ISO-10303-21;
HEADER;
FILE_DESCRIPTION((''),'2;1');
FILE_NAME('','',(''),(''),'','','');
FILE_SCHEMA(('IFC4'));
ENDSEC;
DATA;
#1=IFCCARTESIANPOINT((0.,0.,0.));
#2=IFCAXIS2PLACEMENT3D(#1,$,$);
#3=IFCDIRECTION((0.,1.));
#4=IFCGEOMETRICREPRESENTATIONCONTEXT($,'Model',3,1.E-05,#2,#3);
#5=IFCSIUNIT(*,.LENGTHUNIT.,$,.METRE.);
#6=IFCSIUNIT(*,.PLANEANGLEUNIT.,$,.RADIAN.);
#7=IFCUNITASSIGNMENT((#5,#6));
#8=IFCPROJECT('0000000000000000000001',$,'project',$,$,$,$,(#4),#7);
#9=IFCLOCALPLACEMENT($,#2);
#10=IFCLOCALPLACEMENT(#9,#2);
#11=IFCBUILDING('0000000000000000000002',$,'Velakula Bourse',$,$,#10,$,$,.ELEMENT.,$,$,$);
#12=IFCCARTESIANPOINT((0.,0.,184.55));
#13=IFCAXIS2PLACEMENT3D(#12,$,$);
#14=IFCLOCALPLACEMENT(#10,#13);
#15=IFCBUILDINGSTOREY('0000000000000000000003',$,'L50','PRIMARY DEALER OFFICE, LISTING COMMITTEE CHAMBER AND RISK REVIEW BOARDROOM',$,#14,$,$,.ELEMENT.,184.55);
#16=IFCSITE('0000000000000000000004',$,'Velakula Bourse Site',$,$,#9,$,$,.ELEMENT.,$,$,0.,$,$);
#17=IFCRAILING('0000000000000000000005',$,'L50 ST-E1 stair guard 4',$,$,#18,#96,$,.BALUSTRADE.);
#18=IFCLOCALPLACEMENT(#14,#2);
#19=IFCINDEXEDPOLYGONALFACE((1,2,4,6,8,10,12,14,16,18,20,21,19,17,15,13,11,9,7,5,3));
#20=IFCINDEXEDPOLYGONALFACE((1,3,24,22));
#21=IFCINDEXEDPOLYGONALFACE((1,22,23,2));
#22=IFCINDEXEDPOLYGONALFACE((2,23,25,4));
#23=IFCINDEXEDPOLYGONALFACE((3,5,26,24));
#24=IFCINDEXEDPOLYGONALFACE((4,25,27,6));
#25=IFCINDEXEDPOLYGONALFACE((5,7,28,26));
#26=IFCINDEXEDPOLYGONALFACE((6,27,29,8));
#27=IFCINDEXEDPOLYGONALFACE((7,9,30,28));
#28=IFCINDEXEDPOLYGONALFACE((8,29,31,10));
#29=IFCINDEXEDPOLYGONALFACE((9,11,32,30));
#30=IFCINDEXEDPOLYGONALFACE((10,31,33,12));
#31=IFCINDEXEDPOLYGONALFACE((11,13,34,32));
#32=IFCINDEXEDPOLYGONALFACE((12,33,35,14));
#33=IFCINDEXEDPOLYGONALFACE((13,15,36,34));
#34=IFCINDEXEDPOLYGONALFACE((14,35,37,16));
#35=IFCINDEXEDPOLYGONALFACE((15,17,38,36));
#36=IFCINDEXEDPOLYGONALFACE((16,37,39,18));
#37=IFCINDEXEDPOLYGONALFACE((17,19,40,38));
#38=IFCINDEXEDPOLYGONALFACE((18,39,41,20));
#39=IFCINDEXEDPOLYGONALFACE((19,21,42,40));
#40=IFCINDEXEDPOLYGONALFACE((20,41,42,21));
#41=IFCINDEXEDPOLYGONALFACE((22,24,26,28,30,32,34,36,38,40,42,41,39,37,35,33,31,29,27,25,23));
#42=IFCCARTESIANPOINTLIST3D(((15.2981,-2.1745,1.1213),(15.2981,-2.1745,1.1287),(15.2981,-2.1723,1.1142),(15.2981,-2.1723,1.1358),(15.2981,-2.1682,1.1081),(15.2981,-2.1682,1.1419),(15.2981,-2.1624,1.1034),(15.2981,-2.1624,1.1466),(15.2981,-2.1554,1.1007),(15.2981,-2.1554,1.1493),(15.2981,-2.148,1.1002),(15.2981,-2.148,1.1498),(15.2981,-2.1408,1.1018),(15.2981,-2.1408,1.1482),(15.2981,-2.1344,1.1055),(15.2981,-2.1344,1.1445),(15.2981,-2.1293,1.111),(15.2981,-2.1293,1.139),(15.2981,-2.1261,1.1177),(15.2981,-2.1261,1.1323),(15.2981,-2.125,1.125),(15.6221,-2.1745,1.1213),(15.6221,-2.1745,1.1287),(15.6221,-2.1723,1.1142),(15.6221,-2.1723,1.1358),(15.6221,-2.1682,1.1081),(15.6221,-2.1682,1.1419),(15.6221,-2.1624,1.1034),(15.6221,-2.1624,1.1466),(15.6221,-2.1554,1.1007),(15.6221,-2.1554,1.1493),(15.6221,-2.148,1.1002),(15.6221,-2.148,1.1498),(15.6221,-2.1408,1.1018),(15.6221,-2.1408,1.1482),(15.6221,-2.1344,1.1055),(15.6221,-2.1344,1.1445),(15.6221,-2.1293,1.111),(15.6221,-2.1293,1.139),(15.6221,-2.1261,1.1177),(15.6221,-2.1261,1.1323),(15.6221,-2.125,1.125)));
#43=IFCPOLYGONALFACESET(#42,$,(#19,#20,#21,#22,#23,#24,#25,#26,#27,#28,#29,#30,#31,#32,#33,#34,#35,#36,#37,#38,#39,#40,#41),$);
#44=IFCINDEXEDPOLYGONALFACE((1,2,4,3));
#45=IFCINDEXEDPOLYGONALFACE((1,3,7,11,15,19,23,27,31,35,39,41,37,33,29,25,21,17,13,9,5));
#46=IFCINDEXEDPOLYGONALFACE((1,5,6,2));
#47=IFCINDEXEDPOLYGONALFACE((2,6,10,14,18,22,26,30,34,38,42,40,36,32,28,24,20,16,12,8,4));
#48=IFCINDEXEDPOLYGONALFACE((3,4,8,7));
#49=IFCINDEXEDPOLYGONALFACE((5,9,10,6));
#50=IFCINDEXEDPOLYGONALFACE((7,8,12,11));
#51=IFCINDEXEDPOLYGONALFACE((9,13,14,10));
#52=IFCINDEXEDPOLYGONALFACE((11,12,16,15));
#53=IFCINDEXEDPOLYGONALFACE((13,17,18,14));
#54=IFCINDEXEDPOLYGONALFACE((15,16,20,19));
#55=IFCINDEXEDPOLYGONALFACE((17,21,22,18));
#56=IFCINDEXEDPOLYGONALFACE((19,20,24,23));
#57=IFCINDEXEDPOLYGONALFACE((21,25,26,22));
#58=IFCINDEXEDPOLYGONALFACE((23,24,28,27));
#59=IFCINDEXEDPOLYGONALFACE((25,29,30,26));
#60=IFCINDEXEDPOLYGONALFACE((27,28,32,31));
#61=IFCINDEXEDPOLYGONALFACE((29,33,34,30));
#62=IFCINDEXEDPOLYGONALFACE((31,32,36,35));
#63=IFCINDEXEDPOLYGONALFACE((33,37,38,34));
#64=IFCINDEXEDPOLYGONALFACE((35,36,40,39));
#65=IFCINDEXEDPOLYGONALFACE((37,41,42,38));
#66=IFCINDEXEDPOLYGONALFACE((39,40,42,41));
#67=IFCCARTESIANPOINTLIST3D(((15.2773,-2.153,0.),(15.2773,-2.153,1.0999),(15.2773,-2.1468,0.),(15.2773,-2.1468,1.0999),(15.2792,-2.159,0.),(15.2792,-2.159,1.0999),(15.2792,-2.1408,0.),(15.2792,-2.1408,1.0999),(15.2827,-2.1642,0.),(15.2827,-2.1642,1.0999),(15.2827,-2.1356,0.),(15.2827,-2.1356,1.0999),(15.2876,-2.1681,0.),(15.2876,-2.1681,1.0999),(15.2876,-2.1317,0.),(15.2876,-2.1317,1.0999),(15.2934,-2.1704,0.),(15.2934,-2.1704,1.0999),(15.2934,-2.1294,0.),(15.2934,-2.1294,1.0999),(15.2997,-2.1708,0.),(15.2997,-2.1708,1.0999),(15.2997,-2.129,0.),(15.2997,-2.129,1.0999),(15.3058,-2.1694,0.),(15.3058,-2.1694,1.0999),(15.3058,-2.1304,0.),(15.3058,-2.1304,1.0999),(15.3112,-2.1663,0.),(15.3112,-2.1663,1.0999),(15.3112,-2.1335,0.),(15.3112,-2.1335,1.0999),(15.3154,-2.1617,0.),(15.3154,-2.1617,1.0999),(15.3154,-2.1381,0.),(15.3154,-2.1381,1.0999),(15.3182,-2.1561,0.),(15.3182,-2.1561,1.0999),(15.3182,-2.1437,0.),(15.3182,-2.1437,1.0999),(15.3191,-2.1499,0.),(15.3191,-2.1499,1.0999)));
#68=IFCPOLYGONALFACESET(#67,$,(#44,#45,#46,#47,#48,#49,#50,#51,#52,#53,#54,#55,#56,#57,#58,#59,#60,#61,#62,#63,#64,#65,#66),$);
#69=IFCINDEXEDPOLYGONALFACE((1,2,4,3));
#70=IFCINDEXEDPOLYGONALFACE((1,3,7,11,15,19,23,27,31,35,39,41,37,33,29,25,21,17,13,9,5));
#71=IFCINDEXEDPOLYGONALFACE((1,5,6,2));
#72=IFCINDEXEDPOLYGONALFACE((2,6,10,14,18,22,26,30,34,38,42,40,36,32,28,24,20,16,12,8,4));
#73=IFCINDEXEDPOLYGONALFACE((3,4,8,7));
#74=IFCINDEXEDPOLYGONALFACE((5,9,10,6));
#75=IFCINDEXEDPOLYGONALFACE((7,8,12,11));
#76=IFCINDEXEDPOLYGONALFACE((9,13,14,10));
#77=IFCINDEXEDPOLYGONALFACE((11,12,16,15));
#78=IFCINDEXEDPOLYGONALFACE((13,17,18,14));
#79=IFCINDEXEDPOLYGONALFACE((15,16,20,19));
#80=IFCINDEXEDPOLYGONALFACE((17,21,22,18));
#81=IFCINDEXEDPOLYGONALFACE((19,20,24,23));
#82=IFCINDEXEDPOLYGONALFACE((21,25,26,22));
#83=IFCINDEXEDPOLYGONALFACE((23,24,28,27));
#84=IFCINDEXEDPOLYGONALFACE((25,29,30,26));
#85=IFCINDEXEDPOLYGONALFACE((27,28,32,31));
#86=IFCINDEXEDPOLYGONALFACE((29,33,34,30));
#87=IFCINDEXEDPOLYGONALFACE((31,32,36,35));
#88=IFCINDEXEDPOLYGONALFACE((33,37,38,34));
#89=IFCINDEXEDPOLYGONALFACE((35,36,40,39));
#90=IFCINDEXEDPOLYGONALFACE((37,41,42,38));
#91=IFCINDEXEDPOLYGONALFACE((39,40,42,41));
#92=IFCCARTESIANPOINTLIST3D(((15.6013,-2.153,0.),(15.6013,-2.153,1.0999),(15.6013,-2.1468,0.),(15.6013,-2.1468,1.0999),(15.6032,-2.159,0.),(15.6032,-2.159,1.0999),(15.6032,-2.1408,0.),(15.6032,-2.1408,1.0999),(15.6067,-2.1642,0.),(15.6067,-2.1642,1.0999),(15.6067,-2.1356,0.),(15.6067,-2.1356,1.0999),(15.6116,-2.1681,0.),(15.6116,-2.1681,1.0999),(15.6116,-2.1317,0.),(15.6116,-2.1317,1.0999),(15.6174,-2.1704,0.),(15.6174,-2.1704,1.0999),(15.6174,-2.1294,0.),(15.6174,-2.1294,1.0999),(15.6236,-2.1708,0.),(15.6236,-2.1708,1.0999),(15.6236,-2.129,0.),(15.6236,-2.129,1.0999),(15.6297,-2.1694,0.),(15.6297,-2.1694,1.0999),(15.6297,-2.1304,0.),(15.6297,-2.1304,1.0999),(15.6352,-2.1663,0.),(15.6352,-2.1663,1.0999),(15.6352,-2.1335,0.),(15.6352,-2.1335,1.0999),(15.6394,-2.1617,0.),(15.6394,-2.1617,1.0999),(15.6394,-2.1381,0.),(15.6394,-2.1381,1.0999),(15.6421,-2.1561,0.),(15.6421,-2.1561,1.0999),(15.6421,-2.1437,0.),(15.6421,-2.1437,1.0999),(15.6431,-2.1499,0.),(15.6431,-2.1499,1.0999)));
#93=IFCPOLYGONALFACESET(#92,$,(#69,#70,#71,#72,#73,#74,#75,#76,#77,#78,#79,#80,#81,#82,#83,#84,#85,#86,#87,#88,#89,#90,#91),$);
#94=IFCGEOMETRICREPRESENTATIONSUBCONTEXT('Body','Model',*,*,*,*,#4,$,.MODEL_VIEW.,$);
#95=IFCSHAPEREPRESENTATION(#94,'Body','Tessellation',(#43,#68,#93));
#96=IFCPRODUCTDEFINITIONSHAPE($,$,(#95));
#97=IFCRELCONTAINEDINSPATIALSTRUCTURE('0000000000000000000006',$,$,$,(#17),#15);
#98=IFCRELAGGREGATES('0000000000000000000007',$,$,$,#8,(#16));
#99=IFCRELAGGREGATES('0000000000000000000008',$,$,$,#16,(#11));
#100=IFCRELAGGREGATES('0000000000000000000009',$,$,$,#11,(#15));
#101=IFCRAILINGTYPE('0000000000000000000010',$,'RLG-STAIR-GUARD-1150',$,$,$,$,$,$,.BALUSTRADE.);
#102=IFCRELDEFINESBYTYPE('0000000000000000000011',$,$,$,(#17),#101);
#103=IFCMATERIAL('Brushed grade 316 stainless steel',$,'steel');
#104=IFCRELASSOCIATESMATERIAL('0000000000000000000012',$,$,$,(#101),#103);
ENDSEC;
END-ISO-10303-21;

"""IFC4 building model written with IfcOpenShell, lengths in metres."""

from ifc_helpers import new_model, si_unit, direction, frame, origin, origin_2d, place, context, subcontext, project, spatial, circle, extrude, material, type_object, element, save


model = new_model("IFC4")

# Units and contexts
model_context = context("Model", 3, precision=1e-05, world=origin(), true_north=direction((0.0, 1.0)))
body_context = subcontext(model_context, "Body", "Model", "MODEL_VIEW")
ifc_project = project(units=[si_unit("LENGTHUNIT", "METRE"), si_unit("PLANEANGLEUNIT", "RADIAN")], contexts=[model_context])

# Site, building, storey
site_placement = place(None, origin())
site = spatial("IfcSite", under=ifc_project, at=site_placement, Name="Velakula Bourse Site", CompositionType="ELEMENT", RefElevation=0.0)
building_placement = place(site_placement, origin())
building = spatial("IfcBuilding", under=site, at=building_placement, Name="Velakula Bourse", CompositionType="ELEMENT")
storey_placement = place(building_placement, frame((0.0, 0.0, 184.55)))
storey = spatial("IfcBuildingStorey", under=building, at=storey_placement, Name="L50", Description="PRIMARY DEALER OFFICE, LISTING COMMITTEE CHAMBER AND RISK REVIEW BOARDROOM", CompositionType="ELEMENT", Elevation=184.55)

# Shared definitions
ifc_material_1 = material(Name="Brushed grade 316 stainless steel", Category="steel")

# Railing
railing_type_1 = type_object("IfcRailingType", Name="RLG-STAIR-GUARD-1150", PredefinedType="BALUSTRADE", material=ifc_material_1)
railing_1_placement = place(storey_placement, frame((15.2981, -2.1499, 0.0)))
element("IfcRailing", 1, at=railing_1_placement, inside=storey, type_object=railing_type_1, Name="L50 ST-E1 stair guard 4", PredefinedType="BALUSTRADE", context=body_context, shape_type="SweptSolid", body=[
    extrude(circle(Radius=0.0249, at=origin_2d()), frame((0.0, 0.0, 1.125), z_axis=(1.0, 0.0, 0.0), x_axis=(0.0, 1.0, 0.0)), (0.0, 0.0, 1.0), 0.324),
    extrude(circle(Radius=0.021, at=origin_2d()), origin(), (0.0, 0.0, 1.0), 1.0999),
    extrude(circle(Radius=0.021, at=origin_2d()), frame((0.324, 0.0, 0.0)), (0.0, 0.0, 1.0), 1.0999),
])

save(model, "model.ifc")
